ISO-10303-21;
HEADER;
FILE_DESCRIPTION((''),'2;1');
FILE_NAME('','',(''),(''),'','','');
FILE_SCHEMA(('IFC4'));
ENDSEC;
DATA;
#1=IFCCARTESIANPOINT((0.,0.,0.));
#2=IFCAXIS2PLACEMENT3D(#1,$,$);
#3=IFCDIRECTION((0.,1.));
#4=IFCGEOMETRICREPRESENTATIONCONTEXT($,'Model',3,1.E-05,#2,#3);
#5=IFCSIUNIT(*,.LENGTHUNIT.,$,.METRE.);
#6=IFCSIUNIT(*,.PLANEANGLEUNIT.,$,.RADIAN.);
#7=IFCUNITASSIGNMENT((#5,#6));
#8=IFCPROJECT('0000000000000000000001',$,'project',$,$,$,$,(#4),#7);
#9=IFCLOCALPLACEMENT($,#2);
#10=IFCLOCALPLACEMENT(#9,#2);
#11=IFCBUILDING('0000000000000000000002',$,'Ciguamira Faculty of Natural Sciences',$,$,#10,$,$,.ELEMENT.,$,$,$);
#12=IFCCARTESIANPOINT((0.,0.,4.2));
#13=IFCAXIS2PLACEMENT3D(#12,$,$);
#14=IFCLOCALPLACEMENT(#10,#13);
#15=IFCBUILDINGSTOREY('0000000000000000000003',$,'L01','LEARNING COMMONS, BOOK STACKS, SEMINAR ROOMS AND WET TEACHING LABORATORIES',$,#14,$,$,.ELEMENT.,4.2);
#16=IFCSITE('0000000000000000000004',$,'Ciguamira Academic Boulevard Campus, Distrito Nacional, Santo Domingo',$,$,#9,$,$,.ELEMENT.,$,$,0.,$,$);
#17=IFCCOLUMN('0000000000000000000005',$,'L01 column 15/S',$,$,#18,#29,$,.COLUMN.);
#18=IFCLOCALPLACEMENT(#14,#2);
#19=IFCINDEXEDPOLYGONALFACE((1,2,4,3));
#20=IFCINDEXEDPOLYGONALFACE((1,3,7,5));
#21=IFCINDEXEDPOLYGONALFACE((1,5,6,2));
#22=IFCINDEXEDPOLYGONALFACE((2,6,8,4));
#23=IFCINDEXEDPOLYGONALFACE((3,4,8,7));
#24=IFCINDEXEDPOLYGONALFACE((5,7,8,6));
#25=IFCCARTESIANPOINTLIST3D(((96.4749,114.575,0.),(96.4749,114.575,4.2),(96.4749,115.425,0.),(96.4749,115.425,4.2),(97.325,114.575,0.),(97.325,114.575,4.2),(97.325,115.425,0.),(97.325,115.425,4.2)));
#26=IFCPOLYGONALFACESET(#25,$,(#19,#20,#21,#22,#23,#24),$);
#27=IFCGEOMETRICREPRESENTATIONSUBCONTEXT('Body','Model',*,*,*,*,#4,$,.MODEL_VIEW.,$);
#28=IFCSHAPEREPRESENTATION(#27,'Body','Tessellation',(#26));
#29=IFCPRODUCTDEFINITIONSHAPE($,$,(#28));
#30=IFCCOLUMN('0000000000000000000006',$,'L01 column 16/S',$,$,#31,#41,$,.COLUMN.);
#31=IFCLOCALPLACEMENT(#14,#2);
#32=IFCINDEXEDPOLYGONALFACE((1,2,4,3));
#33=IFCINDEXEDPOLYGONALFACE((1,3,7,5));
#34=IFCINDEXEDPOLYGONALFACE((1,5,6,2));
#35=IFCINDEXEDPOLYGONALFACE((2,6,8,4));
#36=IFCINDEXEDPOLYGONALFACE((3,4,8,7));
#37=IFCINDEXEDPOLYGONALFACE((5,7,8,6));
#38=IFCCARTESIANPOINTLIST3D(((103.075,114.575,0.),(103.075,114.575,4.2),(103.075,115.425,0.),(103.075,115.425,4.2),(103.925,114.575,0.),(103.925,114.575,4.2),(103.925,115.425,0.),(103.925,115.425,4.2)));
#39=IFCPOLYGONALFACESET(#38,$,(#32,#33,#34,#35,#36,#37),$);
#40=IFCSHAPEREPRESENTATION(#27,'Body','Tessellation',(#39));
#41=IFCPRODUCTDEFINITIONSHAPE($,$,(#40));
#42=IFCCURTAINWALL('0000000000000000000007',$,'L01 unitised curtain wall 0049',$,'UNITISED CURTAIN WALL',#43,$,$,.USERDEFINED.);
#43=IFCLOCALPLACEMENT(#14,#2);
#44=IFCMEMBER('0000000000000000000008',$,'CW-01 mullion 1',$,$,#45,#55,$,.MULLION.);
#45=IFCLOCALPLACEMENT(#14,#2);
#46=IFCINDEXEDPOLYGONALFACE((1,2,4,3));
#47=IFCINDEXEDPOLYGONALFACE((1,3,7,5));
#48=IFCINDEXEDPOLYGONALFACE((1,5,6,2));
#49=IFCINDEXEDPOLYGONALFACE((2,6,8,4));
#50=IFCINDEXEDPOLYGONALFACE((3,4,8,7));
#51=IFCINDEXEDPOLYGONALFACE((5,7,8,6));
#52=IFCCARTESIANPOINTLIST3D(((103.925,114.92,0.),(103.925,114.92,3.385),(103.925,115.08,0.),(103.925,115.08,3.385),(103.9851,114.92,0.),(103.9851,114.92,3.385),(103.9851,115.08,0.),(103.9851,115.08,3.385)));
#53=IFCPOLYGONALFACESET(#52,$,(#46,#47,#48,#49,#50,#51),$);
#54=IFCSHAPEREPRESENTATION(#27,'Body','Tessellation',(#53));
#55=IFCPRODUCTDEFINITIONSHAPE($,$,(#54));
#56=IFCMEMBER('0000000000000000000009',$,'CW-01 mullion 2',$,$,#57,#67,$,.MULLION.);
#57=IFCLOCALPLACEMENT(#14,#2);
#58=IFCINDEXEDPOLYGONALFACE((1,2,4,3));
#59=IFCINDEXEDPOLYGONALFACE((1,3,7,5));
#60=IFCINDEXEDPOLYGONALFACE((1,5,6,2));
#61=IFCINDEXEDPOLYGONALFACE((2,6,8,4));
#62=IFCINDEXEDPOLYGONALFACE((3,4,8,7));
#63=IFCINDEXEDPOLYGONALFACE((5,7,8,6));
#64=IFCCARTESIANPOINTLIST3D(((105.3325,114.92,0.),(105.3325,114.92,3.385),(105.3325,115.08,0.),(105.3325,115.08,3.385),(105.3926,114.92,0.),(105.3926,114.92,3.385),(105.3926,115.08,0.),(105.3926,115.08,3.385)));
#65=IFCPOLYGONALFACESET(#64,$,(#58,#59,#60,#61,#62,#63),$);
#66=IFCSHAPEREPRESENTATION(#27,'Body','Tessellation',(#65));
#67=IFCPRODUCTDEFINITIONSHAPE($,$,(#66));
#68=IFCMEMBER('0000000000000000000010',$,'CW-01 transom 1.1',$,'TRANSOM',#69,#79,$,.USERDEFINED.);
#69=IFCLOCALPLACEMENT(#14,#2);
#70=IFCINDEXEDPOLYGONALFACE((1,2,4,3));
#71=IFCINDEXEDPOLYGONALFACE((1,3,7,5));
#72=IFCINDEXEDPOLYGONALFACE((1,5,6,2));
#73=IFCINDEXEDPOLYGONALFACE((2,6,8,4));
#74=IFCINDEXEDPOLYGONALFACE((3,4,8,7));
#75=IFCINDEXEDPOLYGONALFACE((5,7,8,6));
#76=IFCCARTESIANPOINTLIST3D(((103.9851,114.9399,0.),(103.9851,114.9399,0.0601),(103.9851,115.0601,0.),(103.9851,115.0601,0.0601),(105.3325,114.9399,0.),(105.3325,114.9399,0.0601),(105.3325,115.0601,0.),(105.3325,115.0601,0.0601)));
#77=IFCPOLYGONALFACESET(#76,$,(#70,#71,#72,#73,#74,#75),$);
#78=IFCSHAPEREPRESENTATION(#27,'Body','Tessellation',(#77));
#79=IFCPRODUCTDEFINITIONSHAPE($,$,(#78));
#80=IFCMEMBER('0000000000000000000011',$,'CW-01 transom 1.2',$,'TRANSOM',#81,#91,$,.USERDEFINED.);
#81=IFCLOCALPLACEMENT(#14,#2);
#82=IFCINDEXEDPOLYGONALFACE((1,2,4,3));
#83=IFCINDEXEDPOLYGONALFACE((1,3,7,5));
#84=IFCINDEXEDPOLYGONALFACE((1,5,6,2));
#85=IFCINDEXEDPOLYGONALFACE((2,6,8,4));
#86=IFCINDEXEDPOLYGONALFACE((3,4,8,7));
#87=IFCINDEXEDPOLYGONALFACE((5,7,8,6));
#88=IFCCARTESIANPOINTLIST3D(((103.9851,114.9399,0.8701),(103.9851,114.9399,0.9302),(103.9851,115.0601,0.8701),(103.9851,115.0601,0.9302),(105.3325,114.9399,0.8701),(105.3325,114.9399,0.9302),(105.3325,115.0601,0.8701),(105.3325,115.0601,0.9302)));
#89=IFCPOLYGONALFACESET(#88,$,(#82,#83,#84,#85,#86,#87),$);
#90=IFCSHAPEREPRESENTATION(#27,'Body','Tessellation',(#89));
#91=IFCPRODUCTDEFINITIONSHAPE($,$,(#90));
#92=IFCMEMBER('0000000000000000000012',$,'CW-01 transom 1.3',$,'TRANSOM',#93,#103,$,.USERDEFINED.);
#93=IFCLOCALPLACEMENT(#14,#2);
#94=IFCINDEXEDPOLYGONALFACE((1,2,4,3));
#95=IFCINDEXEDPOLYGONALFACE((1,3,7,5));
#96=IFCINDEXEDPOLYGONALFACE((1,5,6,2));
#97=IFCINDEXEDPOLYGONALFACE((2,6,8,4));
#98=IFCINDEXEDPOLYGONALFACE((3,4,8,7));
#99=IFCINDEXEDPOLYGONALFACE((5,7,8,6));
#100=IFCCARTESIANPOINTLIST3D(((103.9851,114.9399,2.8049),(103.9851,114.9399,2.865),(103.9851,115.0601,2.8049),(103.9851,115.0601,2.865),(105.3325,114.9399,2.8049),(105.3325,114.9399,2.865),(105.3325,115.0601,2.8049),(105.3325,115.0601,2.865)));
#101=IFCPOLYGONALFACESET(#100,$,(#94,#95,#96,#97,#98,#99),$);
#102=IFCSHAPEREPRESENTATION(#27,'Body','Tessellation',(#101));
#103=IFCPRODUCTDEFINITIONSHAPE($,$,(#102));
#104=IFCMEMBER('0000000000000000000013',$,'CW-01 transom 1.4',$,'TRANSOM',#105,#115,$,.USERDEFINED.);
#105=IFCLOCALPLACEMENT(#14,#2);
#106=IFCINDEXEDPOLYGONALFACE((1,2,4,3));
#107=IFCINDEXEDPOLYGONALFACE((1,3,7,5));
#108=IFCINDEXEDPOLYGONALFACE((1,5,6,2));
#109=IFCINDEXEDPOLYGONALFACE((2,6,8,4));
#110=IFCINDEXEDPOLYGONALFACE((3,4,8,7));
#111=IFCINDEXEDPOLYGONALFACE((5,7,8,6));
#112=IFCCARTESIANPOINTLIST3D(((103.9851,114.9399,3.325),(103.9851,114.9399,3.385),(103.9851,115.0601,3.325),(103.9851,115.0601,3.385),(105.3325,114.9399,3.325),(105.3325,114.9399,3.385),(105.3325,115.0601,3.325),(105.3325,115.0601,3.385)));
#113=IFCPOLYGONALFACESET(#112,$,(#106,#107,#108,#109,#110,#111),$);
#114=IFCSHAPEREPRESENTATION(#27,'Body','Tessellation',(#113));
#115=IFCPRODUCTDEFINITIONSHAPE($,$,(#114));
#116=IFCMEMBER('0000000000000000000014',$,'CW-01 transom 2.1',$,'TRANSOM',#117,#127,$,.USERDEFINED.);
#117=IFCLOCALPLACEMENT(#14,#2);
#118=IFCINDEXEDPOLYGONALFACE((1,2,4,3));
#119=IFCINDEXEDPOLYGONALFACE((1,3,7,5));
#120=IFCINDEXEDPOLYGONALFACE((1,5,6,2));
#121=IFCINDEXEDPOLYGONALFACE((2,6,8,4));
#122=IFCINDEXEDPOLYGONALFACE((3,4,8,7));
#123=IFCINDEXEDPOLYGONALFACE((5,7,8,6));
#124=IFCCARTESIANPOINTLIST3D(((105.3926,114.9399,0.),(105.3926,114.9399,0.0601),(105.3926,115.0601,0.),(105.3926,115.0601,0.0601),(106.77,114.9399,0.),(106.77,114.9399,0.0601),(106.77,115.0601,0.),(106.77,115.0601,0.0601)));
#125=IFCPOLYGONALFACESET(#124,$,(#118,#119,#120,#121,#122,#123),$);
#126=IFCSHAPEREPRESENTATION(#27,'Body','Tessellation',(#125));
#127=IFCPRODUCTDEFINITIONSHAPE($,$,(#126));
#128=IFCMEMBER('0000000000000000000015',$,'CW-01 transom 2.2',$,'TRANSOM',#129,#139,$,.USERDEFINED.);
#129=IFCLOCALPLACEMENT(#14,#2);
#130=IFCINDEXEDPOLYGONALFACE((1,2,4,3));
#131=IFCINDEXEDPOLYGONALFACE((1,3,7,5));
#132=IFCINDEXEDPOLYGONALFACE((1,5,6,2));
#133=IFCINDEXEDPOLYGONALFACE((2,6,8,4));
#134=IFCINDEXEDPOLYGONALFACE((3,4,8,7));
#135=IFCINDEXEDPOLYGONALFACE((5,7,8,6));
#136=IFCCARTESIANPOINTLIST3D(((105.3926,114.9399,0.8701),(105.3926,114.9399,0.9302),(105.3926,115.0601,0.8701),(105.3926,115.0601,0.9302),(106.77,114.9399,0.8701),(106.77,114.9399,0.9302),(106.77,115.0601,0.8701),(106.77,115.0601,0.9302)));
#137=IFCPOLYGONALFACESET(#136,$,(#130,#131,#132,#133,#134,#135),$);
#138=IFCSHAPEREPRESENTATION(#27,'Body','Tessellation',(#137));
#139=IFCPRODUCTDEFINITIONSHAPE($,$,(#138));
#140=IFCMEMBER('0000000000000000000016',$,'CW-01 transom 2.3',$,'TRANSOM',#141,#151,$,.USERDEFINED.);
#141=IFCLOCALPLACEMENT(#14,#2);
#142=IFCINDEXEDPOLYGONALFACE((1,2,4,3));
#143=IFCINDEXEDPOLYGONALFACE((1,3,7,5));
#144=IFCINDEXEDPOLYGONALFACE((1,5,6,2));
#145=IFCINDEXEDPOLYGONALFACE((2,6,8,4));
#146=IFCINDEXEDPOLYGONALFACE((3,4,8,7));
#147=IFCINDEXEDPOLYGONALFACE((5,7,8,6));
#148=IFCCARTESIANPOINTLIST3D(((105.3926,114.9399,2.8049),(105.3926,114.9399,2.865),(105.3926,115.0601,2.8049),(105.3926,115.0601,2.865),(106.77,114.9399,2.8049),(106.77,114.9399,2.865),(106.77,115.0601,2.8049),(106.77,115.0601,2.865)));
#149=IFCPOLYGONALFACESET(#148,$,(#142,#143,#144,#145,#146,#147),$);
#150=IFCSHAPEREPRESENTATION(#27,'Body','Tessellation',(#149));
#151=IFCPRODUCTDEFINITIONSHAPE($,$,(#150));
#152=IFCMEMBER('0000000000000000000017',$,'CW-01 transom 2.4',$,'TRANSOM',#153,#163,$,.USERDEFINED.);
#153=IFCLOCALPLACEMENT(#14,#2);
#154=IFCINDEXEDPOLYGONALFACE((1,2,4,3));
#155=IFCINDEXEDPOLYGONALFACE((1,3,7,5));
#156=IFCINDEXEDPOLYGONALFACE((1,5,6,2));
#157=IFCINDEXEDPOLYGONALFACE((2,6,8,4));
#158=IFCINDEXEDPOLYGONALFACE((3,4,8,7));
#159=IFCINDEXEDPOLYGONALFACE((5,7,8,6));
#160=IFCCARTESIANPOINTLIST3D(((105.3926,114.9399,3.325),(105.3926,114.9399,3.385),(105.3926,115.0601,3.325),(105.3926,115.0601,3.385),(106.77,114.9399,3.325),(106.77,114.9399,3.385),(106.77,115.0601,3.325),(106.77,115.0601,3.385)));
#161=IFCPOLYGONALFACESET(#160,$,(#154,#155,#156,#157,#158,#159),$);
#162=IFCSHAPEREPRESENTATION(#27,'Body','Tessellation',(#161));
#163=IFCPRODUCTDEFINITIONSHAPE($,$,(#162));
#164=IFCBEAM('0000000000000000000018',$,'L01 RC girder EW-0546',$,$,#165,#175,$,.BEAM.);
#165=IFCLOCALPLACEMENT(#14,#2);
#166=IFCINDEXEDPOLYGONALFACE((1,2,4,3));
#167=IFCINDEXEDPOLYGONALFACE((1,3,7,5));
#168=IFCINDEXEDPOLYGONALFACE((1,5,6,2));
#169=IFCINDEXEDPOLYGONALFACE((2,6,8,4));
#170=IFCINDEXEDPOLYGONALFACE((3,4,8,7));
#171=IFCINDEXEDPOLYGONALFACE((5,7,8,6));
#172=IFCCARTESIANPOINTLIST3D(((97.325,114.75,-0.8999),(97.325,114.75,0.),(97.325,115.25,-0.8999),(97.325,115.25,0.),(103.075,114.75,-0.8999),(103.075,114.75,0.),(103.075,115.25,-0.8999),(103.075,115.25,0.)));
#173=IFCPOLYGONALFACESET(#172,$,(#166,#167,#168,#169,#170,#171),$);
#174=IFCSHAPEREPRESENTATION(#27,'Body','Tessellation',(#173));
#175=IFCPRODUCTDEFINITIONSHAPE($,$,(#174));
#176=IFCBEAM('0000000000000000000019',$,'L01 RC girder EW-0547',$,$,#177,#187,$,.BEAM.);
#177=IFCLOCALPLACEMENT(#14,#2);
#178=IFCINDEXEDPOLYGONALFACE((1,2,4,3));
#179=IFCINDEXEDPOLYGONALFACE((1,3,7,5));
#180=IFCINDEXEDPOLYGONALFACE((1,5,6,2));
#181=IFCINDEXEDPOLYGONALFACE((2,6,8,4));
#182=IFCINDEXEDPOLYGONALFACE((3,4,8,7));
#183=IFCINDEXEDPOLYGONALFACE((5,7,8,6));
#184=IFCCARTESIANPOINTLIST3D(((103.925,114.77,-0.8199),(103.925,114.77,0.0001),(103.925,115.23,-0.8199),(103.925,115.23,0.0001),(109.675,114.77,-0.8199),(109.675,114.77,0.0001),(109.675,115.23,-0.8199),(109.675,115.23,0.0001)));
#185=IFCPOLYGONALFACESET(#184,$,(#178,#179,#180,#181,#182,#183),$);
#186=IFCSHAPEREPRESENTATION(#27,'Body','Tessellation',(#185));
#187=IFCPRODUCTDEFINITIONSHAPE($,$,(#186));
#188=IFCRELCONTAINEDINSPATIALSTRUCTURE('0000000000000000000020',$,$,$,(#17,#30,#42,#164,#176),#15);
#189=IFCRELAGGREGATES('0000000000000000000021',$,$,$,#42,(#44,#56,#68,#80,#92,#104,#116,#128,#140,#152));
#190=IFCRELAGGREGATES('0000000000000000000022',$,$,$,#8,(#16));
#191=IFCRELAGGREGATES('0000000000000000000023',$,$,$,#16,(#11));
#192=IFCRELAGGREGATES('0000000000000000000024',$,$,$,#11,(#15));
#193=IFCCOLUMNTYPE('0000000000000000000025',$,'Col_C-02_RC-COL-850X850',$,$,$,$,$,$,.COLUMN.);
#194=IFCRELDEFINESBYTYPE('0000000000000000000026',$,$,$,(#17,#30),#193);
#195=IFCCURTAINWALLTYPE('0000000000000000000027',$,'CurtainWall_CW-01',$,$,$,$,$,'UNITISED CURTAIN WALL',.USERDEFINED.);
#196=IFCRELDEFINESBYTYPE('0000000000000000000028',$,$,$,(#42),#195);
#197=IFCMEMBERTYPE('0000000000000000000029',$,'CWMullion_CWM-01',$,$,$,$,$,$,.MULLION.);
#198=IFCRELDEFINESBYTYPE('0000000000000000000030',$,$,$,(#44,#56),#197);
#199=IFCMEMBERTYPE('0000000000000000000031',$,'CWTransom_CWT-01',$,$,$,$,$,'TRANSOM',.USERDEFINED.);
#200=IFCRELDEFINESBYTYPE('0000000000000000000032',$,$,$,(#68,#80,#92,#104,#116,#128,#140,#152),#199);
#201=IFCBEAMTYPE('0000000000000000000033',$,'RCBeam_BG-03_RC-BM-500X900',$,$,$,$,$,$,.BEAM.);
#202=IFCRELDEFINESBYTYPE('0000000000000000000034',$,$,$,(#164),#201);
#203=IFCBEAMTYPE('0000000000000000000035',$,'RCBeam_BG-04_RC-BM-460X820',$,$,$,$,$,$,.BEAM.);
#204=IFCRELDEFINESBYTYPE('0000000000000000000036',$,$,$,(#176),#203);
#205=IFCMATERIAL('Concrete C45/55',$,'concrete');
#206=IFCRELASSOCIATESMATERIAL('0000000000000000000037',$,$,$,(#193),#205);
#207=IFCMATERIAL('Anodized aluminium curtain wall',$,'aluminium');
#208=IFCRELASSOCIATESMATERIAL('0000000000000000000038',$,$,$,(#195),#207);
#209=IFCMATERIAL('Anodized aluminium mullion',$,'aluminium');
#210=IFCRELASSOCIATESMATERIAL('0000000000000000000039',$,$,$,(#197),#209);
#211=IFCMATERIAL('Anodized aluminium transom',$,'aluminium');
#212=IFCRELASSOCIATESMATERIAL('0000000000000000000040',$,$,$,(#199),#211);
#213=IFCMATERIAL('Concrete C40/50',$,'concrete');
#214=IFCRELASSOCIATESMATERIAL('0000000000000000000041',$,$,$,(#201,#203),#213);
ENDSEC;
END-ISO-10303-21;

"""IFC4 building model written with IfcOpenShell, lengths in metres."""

from ifc_helpers import new_model, si_unit, direction, frame, origin, origin_2d, place, context, subcontext, project, spatial, rectangle, extrude, material, material_profile, profile_set, type_object, element, aggregate, save


model = new_model("IFC4")

# Units and contexts
model_context = context("Model", 3, precision=1e-05, world=origin(), true_north=direction((0.0, 1.0)))
body_context = subcontext(model_context, "Body", "Model", "MODEL_VIEW")
ifc_project = project(units=[si_unit("LENGTHUNIT", "METRE"), si_unit("PLANEANGLEUNIT", "RADIAN")], contexts=[model_context])

# Site, building, storey
site_placement = place(None, origin())
site = spatial("IfcSite", under=ifc_project, at=site_placement, Name="Ciguamira Academic Boulevard Campus, Distrito Nacional, Santo Domingo", CompositionType="ELEMENT", RefElevation=0.0)
building_placement = place(site_placement, origin())
building = spatial("IfcBuilding", under=site, at=building_placement, Name="Ciguamira Faculty of Natural Sciences", CompositionType="ELEMENT")
storey_placement = place(building_placement, frame((0.0, 0.0, 4.2)))
storey = spatial("IfcBuildingStorey", under=building, at=storey_placement, Name="L01", Description="LEARNING COMMONS, BOOK STACKS, SEMINAR ROOMS AND WET TEACHING LABORATORIES", CompositionType="ELEMENT", Elevation=4.2)

# Columns
ifc_material_1 = material(Name="Concrete C45/55", Category="concrete")
ifc_material_profile_1 = material_profile(ifc_material_1, rectangle(XDim=0.8501, YDim=0.8501, at=origin_2d()), Name="RC-COL-850X850")
ifc_profile_set_1 = profile_set([ifc_material_profile_1], Name="Concrete C45/55")
column_type = type_object("IfcColumnType", Name="Col_C-02_RC-COL-850X850", PredefinedType="COLUMN", material=ifc_profile_set_1)
for number, where, z_axis, x_axis, name in (
    (1, (96.8999, 115.0, 0.0), (0.0, 0.0, 1.0), (1.0, 0.0, 0.0), "L01 column 15/S"),
    (2, (103.5, 115.0, 0.0), (0.0, 0.0, 1.0), (1.0, 0.0, 0.0), "L01 column 16/S"),
):
    element("IfcColumn", number, at=place(storey_placement, frame(where, z_axis=z_axis, x_axis=x_axis)), inside=storey, type_object=column_type, Name=name, PredefinedType="COLUMN", context=body_context, shape_type="SweptSolid", body=[
        extrude(rectangle(XDim=0.8501, YDim=0.8501, at=origin_2d()), origin(), (0.0, 0.0, 1.0), 4.2),
    ])

# Curtain wall, members
ifc_material_2 = material(Name="Anodized aluminium curtain wall", Category="aluminium")
curtain_wall_type = type_object("IfcCurtainWallType", Name="CurtainWall_CW-01", ElementType="UNITISED CURTAIN WALL", PredefinedType="USERDEFINED", material=ifc_material_2)
curtain_wall_placement = place(storey_placement, origin())
curtain_wall = element("IfcCurtainWall", 3, at=curtain_wall_placement, inside=storey, type_object=curtain_wall_type, Name="L01 unitised curtain wall 0049", ObjectType="UNITISED CURTAIN WALL", PredefinedType="USERDEFINED")
ifc_material_3 = material(Name="Anodized aluminium mullion", Category="aluminium")
ifc_material_profile_2 = material_profile(ifc_material_3, rectangle(XDim=0.0601, YDim=0.1599, at=origin_2d()), Name="ALU-MUL-60X160")
ifc_profile_set_2 = profile_set([ifc_material_profile_2], Name="Anodized aluminium mullion")
member_type_1 = type_object("IfcMemberType", Name="CWMullion_CWM-01", PredefinedType="MULLION", material=ifc_profile_set_2)
member_1_placement = place(storey_placement, frame((103.9551, 115.0, 0.0), z_axis=(0.0, 0.0, 1.0), x_axis=(1.0, 0.0, 0.0)))
member_1 = element("IfcMember", 4, at=member_1_placement, type_object=member_type_1, Name="CW-01 mullion 1", PredefinedType="MULLION", context=body_context, shape_type="SweptSolid", body=[
    extrude(rectangle(XDim=0.0601, YDim=0.1599, at=origin_2d()), origin(), (0.0, 0.0, 1.0), 3.385),
])
member_2_placement = place(storey_placement, frame((105.3625, 115.0, 0.0), z_axis=(0.0, 0.0, 1.0), x_axis=(1.0, 0.0, 0.0)))
member_2 = element("IfcMember", 5, at=member_2_placement, type_object=member_type_1, Name="CW-01 mullion 2", PredefinedType="MULLION", context=body_context, shape_type="SweptSolid", body=[
    extrude(rectangle(XDim=0.0601, YDim=0.1599, at=origin_2d()), origin(), (0.0, 0.0, 1.0), 3.385),
])
ifc_material_4 = material(Name="Anodized aluminium transom", Category="aluminium")
ifc_material_profile_3 = material_profile(ifc_material_4, rectangle(XDim=0.0601, YDim=0.1201, at=origin_2d()), Name="ALU-TRN-60X120")
ifc_profile_set_3 = profile_set([ifc_material_profile_3], Name="Anodized aluminium transom")
member_type_2 = type_object("IfcMemberType", Name="CWTransom_CWT-01", ElementType="TRANSOM", PredefinedType="USERDEFINED", material=ifc_profile_set_3)
member_3_placement = place(storey_placement, frame((103.9851, 115.0, 0.03), z_axis=(1.0, 0.0, 0.0), x_axis=(0.0, 0.0, 1.0)))
member_3 = element("IfcMember", 6, at=member_3_placement, type_object=member_type_2, Name="CW-01 transom 1.1", ObjectType="TRANSOM", PredefinedType="USERDEFINED", context=body_context, shape_type="SweptSolid", body=[
    extrude(rectangle(XDim=0.0601, YDim=0.1201, at=origin_2d()), origin(), (0.0, 0.0, 1.0), 1.3474),
])
member_4_placement = place(storey_placement, frame((103.9851, 115.0, 0.9001), z_axis=(1.0, 0.0, 0.0), x_axis=(0.0, 0.0, 1.0)))
member_4 = element("IfcMember", 7, at=member_4_placement, type_object=member_type_2, Name="CW-01 transom 1.2", ObjectType="TRANSOM", PredefinedType="USERDEFINED", context=body_context, shape_type="SweptSolid", body=[
    extrude(rectangle(XDim=0.0601, YDim=0.1201, at=origin_2d()), origin(), (0.0, 0.0, 1.0), 1.3474),
])
member_5_placement = place(storey_placement, frame((103.9851, 115.0, 2.835), z_axis=(1.0, 0.0, 0.0), x_axis=(0.0, 0.0, 1.0)))
member_5 = element("IfcMember", 8, at=member_5_placement, type_object=member_type_2, Name="CW-01 transom 1.3", ObjectType="TRANSOM", PredefinedType="USERDEFINED", context=body_context, shape_type="SweptSolid", body=[
    extrude(rectangle(XDim=0.0601, YDim=0.1201, at=origin_2d()), origin(), (0.0, 0.0, 1.0), 1.3474),
])
member_6_placement = place(storey_placement, frame((103.9851, 115.0, 3.355), z_axis=(1.0, 0.0, 0.0), x_axis=(0.0, 0.0, 1.0)))
member_6 = element("IfcMember", 9, at=member_6_placement, type_object=member_type_2, Name="CW-01 transom 1.4", ObjectType="TRANSOM", PredefinedType="USERDEFINED", context=body_context, shape_type="SweptSolid", body=[
    extrude(rectangle(XDim=0.0601, YDim=0.1201, at=origin_2d()), origin(), (0.0, 0.0, 1.0), 1.3474),
])
member_7_placement = place(storey_placement, frame((105.3926, 115.0, 0.03), z_axis=(1.0, 0.0, 0.0), x_axis=(0.0, 0.0, 1.0)))
member_7 = element("IfcMember", 10, at=member_7_placement, type_object=member_type_2, Name="CW-01 transom 2.1", ObjectType="TRANSOM", PredefinedType="USERDEFINED", context=body_context, shape_type="SweptSolid", body=[
    extrude(rectangle(XDim=0.0601, YDim=0.1201, at=origin_2d()), origin(), (0.0, 0.0, 1.0), 1.3774),
])
member_8_placement = place(storey_placement, frame((105.3926, 115.0, 0.9001), z_axis=(1.0, 0.0, 0.0), x_axis=(0.0, 0.0, 1.0)))
member_8 = element("IfcMember", 11, at=member_8_placement, type_object=member_type_2, Name="CW-01 transom 2.2", ObjectType="TRANSOM", PredefinedType="USERDEFINED", context=body_context, shape_type="SweptSolid", body=[
    extrude(rectangle(XDim=0.0601, YDim=0.1201, at=origin_2d()), origin(), (0.0, 0.0, 1.0), 1.3774),
])
member_9_placement = place(storey_placement, frame((105.3926, 115.0, 2.835), z_axis=(1.0, 0.0, 0.0), x_axis=(0.0, 0.0, 1.0)))
member_9 = element("IfcMember", 12, at=member_9_placement, type_object=member_type_2, Name="CW-01 transom 2.3", ObjectType="TRANSOM", PredefinedType="USERDEFINED", context=body_context, shape_type="SweptSolid", body=[
    extrude(rectangle(XDim=0.0601, YDim=0.1201, at=origin_2d()), origin(), (0.0, 0.0, 1.0), 1.3774),
])
member_10_placement = place(storey_placement, frame((105.3926, 115.0, 3.355), z_axis=(1.0, 0.0, 0.0), x_axis=(0.0, 0.0, 1.0)))
member_10 = element("IfcMember", 13, at=member_10_placement, type_object=member_type_2, Name="CW-01 transom 2.4", ObjectType="TRANSOM", PredefinedType="USERDEFINED", context=body_context, shape_type="SweptSolid", body=[
    extrude(rectangle(XDim=0.0601, YDim=0.1201, at=origin_2d()), origin(), (0.0, 0.0, 1.0), 1.3774),
])

# Beams
ifc_material_5 = material(Name="Concrete C40/50", Category="concrete")
ifc_material_profile_4 = material_profile(ifc_material_5, rectangle(XDim=0.5, YDim=0.8999, at=origin_2d()), Name="RC-BM-500X900")
ifc_profile_set_4 = profile_set([ifc_material_profile_4], Name="Concrete C40/50")
beam_type_1 = type_object("IfcBeamType", Name="RCBeam_BG-03_RC-BM-500X900", PredefinedType="BEAM", material=ifc_profile_set_4)
beam_1_placement = place(storey_placement, frame((97.325, 115.0, -0.45), z_axis=(1.0, 0.0, 0.0), x_axis=(0.0, 1.0, 0.0)))
element("IfcBeam", 14, at=beam_1_placement, inside=storey, type_object=beam_type_1, Name="L01 RC girder EW-0546", PredefinedType="BEAM", context=body_context, shape_type="SweptSolid", body=[
    extrude(rectangle(XDim=0.5, YDim=0.8999, at=origin_2d()), origin(), (0.0, 0.0, 1.0), 5.75),
])
ifc_material_profile_5 = material_profile(ifc_material_5, rectangle(XDim=0.46, YDim=0.8201, at=origin_2d()), Name="RC-BM-460X820")
ifc_profile_set_5 = profile_set([ifc_material_profile_5], Name="Concrete C40/50")
beam_type_2 = type_object("IfcBeamType", Name="RCBeam_BG-04_RC-BM-460X820", PredefinedType="BEAM", material=ifc_profile_set_5)
beam_2_placement = place(storey_placement, frame((103.925, 115.0, -0.4099), z_axis=(1.0, 0.0, 0.0), x_axis=(0.0, 1.0, 0.0)))
element("IfcBeam", 15, at=beam_2_placement, inside=storey, type_object=beam_type_2, Name="L01 RC girder EW-0547", PredefinedType="BEAM", context=body_context, shape_type="SweptSolid", body=[
    extrude(rectangle(XDim=0.46, YDim=0.8201, at=origin_2d()), origin(), (0.0, 0.0, 1.0), 5.75),
])

aggregate(curtain_wall, [member_1, member_2, member_3, member_4, member_5, member_6, member_7, member_8, member_9, member_10])

save(model, "model.ifc")
